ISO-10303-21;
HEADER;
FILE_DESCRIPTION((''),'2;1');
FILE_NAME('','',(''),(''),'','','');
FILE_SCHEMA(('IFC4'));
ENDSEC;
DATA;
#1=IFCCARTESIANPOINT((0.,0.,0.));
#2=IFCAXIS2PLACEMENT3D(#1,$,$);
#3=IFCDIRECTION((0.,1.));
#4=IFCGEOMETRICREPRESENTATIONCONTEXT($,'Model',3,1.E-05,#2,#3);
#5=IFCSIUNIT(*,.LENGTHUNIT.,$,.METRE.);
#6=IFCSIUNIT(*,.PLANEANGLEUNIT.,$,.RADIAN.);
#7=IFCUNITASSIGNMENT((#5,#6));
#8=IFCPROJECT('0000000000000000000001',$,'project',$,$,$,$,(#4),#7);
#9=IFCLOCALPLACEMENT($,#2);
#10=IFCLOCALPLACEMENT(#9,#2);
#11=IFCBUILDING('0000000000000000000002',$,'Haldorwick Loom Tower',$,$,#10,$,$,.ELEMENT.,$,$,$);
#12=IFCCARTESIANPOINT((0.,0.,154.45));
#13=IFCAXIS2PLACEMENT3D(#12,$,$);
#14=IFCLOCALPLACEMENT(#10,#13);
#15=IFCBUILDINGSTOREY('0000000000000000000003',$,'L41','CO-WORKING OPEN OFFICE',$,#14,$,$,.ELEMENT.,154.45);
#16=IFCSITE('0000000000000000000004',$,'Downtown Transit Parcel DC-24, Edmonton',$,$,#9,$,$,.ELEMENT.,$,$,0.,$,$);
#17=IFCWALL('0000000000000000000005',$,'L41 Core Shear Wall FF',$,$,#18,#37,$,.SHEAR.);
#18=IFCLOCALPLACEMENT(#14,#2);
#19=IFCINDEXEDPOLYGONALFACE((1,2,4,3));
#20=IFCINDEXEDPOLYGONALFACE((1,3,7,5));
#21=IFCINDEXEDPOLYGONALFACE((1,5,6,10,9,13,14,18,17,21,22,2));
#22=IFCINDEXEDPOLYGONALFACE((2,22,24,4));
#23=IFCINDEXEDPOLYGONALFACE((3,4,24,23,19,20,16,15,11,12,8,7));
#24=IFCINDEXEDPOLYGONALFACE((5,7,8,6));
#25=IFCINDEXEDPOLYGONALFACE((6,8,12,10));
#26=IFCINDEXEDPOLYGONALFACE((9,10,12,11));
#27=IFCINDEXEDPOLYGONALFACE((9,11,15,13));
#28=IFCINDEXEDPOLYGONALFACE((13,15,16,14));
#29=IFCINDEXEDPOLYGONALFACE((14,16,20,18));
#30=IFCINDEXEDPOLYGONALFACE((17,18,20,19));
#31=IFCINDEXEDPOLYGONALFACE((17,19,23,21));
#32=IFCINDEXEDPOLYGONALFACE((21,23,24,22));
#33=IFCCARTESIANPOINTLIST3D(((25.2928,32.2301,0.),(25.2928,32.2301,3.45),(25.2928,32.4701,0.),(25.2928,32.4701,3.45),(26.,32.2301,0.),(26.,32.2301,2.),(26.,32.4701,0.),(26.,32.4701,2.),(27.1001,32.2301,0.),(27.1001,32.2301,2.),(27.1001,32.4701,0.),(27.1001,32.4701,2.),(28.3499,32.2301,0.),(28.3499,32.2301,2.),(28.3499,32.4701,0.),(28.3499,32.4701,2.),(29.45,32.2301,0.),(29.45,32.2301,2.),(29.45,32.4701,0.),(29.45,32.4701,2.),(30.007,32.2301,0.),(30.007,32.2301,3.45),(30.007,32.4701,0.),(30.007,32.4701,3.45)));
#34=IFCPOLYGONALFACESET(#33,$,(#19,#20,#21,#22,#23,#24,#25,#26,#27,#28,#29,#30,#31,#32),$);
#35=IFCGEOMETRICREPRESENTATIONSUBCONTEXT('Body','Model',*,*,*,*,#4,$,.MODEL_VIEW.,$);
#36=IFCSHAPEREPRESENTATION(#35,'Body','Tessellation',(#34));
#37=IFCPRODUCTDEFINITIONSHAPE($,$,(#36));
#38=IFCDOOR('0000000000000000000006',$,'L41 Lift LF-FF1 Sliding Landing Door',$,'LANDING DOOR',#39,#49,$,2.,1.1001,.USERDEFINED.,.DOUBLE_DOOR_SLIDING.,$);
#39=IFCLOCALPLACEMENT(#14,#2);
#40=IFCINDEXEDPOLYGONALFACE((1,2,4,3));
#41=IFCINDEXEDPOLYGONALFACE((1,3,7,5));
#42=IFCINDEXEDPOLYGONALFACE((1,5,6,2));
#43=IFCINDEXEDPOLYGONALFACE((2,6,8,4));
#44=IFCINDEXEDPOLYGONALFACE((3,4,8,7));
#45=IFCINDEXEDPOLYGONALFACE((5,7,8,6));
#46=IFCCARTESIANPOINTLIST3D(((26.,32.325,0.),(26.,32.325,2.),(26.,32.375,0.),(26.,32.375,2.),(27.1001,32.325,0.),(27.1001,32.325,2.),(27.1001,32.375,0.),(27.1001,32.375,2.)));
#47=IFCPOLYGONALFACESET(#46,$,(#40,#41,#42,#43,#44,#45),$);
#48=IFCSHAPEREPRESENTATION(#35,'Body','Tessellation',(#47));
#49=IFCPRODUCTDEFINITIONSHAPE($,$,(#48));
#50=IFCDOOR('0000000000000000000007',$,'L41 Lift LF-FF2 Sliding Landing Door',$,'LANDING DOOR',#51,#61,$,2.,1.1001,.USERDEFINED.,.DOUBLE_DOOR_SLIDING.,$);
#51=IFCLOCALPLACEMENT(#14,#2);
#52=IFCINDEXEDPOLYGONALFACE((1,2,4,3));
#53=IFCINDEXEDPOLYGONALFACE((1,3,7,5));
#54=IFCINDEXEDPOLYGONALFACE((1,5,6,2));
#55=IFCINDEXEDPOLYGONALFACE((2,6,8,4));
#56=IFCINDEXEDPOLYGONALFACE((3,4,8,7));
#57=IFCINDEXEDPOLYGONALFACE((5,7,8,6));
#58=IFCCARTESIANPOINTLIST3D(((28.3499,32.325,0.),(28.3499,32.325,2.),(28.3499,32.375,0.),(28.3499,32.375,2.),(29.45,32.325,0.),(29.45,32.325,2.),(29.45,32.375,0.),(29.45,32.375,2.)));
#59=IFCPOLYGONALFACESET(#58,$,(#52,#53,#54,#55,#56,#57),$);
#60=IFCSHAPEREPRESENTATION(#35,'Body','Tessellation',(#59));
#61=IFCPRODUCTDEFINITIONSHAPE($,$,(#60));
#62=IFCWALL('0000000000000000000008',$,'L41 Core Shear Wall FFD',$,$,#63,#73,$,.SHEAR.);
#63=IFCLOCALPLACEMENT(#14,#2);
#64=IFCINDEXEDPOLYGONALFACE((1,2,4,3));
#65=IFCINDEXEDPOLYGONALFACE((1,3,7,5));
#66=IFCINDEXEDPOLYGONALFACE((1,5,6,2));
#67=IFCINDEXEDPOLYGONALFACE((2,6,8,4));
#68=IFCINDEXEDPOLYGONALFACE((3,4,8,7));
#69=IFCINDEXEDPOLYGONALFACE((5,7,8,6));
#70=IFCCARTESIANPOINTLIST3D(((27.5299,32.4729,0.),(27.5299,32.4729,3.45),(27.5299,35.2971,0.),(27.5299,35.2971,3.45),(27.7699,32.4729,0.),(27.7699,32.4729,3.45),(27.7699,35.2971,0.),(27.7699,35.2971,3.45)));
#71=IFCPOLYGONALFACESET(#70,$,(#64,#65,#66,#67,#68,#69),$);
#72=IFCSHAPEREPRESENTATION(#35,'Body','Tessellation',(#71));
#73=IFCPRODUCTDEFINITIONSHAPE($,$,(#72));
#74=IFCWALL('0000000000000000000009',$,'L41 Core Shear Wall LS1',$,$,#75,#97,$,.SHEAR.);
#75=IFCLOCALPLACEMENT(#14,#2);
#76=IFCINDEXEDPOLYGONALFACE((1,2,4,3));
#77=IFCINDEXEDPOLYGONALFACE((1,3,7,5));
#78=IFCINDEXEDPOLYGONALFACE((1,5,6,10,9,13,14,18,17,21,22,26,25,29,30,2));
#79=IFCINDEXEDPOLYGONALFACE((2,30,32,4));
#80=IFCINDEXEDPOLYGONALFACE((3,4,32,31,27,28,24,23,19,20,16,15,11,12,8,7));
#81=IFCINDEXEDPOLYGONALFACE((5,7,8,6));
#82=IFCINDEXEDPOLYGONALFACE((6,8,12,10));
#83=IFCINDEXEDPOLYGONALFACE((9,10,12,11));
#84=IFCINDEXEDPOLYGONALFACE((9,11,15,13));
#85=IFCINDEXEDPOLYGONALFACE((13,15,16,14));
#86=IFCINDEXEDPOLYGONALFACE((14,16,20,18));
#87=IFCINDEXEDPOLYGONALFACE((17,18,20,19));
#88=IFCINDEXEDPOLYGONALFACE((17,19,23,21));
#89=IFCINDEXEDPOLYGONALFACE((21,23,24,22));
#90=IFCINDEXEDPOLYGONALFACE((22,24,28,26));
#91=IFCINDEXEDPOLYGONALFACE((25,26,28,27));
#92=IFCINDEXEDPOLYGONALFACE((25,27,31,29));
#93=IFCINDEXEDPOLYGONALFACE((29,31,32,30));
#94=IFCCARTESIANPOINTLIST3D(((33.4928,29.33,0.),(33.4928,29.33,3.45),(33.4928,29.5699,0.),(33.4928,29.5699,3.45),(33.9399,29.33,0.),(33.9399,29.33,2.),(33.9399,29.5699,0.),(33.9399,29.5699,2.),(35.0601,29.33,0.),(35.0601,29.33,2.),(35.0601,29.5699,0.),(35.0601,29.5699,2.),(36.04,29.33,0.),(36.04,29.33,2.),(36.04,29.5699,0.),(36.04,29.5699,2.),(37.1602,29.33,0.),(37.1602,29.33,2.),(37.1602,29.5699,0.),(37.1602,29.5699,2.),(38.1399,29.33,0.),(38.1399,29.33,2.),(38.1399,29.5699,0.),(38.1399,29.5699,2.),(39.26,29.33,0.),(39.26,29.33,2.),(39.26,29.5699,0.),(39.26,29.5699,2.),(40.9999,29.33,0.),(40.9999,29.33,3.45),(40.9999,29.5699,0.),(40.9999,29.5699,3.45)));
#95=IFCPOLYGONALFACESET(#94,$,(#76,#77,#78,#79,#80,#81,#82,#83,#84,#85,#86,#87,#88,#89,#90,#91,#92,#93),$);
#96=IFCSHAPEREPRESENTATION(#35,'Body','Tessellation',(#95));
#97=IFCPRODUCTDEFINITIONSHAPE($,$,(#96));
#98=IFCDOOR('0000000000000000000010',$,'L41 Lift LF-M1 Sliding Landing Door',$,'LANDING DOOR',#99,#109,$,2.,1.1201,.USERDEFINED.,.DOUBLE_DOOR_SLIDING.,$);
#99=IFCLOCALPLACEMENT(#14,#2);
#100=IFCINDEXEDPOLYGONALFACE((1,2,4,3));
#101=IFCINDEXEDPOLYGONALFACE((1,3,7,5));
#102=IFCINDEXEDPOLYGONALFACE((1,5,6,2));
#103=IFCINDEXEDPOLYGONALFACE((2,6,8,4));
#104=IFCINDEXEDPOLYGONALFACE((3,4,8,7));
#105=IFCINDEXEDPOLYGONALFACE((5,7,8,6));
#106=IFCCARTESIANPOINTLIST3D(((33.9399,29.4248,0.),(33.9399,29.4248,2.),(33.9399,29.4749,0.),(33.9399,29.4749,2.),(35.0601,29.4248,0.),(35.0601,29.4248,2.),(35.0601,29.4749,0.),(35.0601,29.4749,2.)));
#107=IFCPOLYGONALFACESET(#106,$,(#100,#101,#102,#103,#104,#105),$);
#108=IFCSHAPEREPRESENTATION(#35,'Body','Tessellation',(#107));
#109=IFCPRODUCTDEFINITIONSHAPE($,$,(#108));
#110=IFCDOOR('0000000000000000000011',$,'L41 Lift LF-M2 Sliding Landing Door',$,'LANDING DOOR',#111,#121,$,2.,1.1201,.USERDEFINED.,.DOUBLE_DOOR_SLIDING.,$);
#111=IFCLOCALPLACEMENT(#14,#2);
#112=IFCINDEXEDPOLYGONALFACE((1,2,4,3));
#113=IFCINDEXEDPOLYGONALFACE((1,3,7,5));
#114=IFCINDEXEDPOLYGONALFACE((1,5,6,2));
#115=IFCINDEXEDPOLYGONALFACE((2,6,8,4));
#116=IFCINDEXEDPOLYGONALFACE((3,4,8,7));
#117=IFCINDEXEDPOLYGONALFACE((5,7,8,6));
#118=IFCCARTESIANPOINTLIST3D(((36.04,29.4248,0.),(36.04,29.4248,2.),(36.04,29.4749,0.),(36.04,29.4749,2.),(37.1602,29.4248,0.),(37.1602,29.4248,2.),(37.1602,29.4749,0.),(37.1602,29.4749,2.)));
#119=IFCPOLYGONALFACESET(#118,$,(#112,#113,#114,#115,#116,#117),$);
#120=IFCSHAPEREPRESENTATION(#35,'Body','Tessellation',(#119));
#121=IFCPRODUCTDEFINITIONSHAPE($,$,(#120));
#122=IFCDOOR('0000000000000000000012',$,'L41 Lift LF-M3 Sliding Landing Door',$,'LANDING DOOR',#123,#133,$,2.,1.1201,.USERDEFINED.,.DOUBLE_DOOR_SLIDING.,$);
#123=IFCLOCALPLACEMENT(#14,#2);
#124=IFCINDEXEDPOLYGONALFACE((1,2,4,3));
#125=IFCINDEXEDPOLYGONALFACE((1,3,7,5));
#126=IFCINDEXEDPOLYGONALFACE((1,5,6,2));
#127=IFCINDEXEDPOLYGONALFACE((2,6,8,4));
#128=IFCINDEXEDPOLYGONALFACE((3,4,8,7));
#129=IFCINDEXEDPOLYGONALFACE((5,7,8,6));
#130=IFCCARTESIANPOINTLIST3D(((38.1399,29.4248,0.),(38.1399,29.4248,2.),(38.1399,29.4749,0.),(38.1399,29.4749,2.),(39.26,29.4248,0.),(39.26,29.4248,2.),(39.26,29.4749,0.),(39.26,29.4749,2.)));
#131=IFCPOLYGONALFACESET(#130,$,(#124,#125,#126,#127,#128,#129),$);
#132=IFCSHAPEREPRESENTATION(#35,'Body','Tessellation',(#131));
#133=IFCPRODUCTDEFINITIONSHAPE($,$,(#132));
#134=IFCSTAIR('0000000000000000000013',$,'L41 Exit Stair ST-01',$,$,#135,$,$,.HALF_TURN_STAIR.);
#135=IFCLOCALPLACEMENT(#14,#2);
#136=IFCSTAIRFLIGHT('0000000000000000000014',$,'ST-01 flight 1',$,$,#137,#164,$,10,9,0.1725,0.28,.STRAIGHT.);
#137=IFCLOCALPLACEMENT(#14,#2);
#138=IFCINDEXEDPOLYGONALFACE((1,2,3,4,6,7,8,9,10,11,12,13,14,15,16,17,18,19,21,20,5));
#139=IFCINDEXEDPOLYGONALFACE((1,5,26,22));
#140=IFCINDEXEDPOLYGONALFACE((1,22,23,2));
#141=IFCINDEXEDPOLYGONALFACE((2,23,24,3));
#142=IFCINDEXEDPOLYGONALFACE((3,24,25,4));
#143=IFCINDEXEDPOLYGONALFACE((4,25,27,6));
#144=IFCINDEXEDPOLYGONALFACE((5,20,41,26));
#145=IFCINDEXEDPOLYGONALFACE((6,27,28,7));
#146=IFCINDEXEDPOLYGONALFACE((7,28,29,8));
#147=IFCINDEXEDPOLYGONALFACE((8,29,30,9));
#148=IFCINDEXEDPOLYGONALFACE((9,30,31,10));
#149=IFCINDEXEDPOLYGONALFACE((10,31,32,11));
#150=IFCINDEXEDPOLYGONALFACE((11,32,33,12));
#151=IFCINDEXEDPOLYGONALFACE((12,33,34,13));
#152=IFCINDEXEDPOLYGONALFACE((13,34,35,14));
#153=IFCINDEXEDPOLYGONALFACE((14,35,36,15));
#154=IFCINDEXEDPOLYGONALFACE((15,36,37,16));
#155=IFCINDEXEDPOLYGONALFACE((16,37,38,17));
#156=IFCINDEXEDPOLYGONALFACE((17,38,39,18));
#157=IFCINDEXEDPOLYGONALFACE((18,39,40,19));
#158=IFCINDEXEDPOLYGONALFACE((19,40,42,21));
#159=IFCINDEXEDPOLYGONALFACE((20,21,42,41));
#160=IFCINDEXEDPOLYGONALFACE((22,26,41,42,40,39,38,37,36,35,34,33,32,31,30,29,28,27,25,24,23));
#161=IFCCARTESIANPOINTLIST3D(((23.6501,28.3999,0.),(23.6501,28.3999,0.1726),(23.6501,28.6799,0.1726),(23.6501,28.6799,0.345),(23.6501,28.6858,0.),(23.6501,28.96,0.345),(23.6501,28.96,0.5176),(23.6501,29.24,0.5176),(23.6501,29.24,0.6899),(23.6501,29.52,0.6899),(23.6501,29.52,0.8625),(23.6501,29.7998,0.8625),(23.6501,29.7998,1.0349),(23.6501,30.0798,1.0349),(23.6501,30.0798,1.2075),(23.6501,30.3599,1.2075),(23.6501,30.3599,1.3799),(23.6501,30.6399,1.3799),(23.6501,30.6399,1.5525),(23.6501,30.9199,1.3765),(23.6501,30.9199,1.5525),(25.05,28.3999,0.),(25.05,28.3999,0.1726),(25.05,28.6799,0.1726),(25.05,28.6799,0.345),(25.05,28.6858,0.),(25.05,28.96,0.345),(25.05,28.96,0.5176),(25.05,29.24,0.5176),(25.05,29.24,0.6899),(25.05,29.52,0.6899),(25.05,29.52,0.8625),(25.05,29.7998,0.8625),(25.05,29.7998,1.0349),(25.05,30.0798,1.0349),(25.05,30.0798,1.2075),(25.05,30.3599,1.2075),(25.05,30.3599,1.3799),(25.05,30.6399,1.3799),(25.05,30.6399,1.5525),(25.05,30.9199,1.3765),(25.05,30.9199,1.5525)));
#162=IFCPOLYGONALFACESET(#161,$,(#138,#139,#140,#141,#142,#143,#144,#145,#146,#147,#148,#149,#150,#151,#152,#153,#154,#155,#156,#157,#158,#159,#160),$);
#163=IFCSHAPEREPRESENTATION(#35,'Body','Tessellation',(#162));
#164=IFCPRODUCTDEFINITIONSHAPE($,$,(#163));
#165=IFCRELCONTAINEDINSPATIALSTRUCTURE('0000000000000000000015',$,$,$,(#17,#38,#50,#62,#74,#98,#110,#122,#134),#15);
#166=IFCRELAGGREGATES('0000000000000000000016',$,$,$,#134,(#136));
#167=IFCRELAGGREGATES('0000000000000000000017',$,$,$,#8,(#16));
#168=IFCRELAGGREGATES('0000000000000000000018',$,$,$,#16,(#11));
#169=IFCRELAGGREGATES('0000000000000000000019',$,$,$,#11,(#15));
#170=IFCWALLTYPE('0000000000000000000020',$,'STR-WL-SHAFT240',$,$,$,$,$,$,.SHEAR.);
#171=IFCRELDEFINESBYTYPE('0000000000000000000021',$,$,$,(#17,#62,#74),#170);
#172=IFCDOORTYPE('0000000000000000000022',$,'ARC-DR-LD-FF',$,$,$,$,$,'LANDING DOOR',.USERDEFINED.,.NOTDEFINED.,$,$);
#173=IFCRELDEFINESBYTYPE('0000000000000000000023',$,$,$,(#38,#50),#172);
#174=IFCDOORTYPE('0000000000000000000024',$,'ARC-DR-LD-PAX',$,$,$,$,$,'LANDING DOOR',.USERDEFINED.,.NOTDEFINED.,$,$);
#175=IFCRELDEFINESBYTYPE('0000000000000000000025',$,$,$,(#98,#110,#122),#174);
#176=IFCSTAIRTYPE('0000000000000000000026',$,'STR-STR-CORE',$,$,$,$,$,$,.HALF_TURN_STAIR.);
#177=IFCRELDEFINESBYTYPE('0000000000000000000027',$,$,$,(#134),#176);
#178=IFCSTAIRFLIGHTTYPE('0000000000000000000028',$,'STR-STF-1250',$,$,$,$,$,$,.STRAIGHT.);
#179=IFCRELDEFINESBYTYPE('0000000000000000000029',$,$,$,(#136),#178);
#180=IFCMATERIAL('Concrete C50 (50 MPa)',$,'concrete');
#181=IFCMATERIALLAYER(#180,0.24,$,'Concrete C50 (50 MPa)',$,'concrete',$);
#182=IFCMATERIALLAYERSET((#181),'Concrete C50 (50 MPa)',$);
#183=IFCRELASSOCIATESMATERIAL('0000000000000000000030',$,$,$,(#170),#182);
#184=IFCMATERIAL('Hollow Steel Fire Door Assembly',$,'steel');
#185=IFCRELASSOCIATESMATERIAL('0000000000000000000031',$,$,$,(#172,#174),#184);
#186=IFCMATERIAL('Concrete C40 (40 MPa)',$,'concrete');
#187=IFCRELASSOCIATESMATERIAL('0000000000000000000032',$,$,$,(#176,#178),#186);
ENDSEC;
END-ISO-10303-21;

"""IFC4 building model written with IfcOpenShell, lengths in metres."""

from ifc_helpers import new_model, si_unit, direction, frame, frame_2d, origin, place, context, subcontext, project, spatial, polyline, rectangle, outline, extrude, material, layer, layer_set, type_object, element, fill, aggregate, save


model = new_model("IFC4")

# Units and contexts
model_context = context("Model", 3, precision=1e-05, world=origin(), true_north=direction((0.0, 1.0)))
body_context = subcontext(model_context, "Body", "Model", "MODEL_VIEW")
ifc_project = project(units=[si_unit("LENGTHUNIT", "METRE"), si_unit("PLANEANGLEUNIT", "RADIAN")], contexts=[model_context])

# Site, building, storey
site_placement = place(None, origin())
site = spatial("IfcSite", under=ifc_project, at=site_placement, Name="Downtown Transit Parcel DC-24, Edmonton", CompositionType="ELEMENT", RefElevation=0.0)
building_placement = place(site_placement, origin())
building = spatial("IfcBuilding", under=site, at=building_placement, Name="Haldorwick Loom Tower", CompositionType="ELEMENT")
storey_placement = place(building_placement, frame((0.0, 0.0, 154.45)))
storey = spatial("IfcBuildingStorey", under=building, at=storey_placement, Name="L41", Description="CO-WORKING OPEN OFFICE", CompositionType="ELEMENT", Elevation=154.45)

# Shared definitions
ifc_material_1 = material(Name="Concrete C50 (50 MPa)", Category="concrete")
ifc_layer_1 = layer(ifc_material_1, 0.24, Name="Concrete C50 (50 MPa)", Category="concrete")
ifc_layer_set_1 = layer_set([ifc_layer_1], Name="Concrete C50 (50 MPa)")
wall_type = type_object("IfcWallType", Name="STR-WL-SHAFT240", PredefinedType="SHEAR", material=ifc_layer_set_1)

# Wall, openings, doors
wall_1_placement = place(storey_placement, frame((25.293, 32.3501, 0.0), z_axis=(0.0, 0.0, 1.0), x_axis=(1.0, 0.0, 0.0)))
wall_1 = element("IfcWall", 1, at=wall_1_placement, inside=storey, type_object=wall_type, Name="L41 Core Shear Wall FF", PredefinedType="SHEAR", context=body_context, shape_type="SweptSolid", body=[
    extrude(rectangle(XDim=4.7141, YDim=0.24, at=frame_2d((2.3569, 0.0))), origin(), (0.0, 0.0, 1.0), 3.45),
])
opening_1_placement = place(wall_1_placement, frame((0.707, 0.0, 0.0)))
opening_1 = element("IfcOpeningElement", 2, at=opening_1_placement, cuts=wall_1, PredefinedType="OPENING", context=body_context, shape_type="SweptSolid", body=[
    extrude(rectangle(XDim=1.1001, YDim=2.0, at=frame_2d((0.55, 1.0))), frame((0.0, 0.1299, 0.0), z_axis=(0.0, -1.0, 0.0), x_axis=(1.0, 0.0, 0.0)), (0.0, 0.0, 1.0), 0.26),
])
opening_2_placement = place(wall_1_placement, frame((3.0569, 0.0, 0.0)))
opening_2 = element("IfcOpeningElement", 3, at=opening_2_placement, cuts=wall_1, PredefinedType="OPENING", context=body_context, shape_type="SweptSolid", body=[
    extrude(rectangle(XDim=1.1001, YDim=2.0, at=frame_2d((0.55, 1.0))), frame((0.0, 0.1299, 0.0), z_axis=(0.0, -1.0, 0.0), x_axis=(1.0, 0.0, 0.0)), (0.0, 0.0, 1.0), 0.26),
])
ifc_material_2 = material(Name="Hollow Steel Fire Door Assembly", Category="steel")
door_type_1 = type_object("IfcDoorType", Name="ARC-DR-LD-FF", ElementType="LANDING DOOR", OperationType="NOTDEFINED", PredefinedType="USERDEFINED", material=ifc_material_2)
door_1_placement = place(opening_1_placement, origin())
door_1 = element("IfcDoor", 4, at=door_1_placement, inside=storey, type_object=door_type_1, Name="L41 Lift LF-FF1 Sliding Landing Door", ObjectType="LANDING DOOR", OperationType="DOUBLE_DOOR_SLIDING", OverallHeight=2.0, OverallWidth=1.1001, PredefinedType="USERDEFINED", context=body_context, shape_type="SweptSolid", body=[
    extrude(rectangle(XDim=1.1001, YDim=2.0, at=frame_2d((0.55, 1.0))), frame((0.0, 0.0249, 0.0), z_axis=(0.0, -1.0, 0.0), x_axis=(1.0, 0.0, 0.0)), (0.0, 0.0, 1.0), 0.05),
])
fill(opening_1, door_1)
door_2_placement = place(opening_2_placement, origin())
door_2 = element("IfcDoor", 5, at=door_2_placement, inside=storey, type_object=door_type_1, Name="L41 Lift LF-FF2 Sliding Landing Door", ObjectType="LANDING DOOR", OperationType="DOUBLE_DOOR_SLIDING", OverallHeight=2.0, OverallWidth=1.1001, PredefinedType="USERDEFINED", context=body_context, shape_type="SweptSolid", body=[
    extrude(rectangle(XDim=1.1001, YDim=2.0, at=frame_2d((0.55, 1.0))), frame((0.0, 0.0249, 0.0), z_axis=(0.0, -1.0, 0.0), x_axis=(1.0, 0.0, 0.0)), (0.0, 0.0, 1.0), 0.05),
])
fill(opening_2, door_2)

# Wall
wall_2_placement = place(storey_placement, frame((27.6499, 32.4729, 0.0), z_axis=(0.0, 0.0, 1.0), x_axis=(0.0, 1.0, 0.0)))
element("IfcWall", 6, at=wall_2_placement, inside=storey, type_object=wall_type, Name="L41 Core Shear Wall FFD", PredefinedType="SHEAR", context=body_context, shape_type="SweptSolid", body=[
    extrude(rectangle(XDim=2.8242, YDim=0.24, at=frame_2d((1.4121, 0.0))), origin(), (0.0, 0.0, 1.0), 3.45),
])

# Wall, openings, doors
wall_3_placement = place(storey_placement, frame((33.4929, 29.45, 0.0), z_axis=(0.0, 0.0, 1.0), x_axis=(1.0, 0.0, 0.0)))
wall_3 = element("IfcWall", 7, at=wall_3_placement, inside=storey, type_object=wall_type, Name="L41 Core Shear Wall LS1", PredefinedType="SHEAR", context=body_context, shape_type="SweptSolid", body=[
    extrude(rectangle(XDim=7.5071, YDim=0.24, at=frame_2d((3.7534, 0.0))), origin(), (0.0, 0.0, 1.0), 3.45),
])
opening_3_placement = place(wall_3_placement, frame((0.447, 0.0, 0.0)))
opening_3 = element("IfcOpeningElement", 8, at=opening_3_placement, cuts=wall_3, PredefinedType="OPENING", context=body_context, shape_type="SweptSolid", body=[
    extrude(rectangle(XDim=1.1201, YDim=2.0, at=frame_2d((0.5601, 1.0))), frame((0.0, 0.1299, 0.0), z_axis=(0.0, -1.0, 0.0), x_axis=(1.0, 0.0, 0.0)), (0.0, 0.0, 1.0), 0.26),
])
opening_4_placement = place(wall_3_placement, frame((2.5471, 0.0, 0.0)))
opening_4 = element("IfcOpeningElement", 9, at=opening_4_placement, cuts=wall_3, PredefinedType="OPENING", context=body_context, shape_type="SweptSolid", body=[
    extrude(rectangle(XDim=1.1201, YDim=2.0, at=frame_2d((0.5601, 1.0))), frame((0.0, 0.1299, 0.0), z_axis=(0.0, -1.0, 0.0), x_axis=(1.0, 0.0, 0.0)), (0.0, 0.0, 1.0), 0.26),
])
opening_5_placement = place(wall_3_placement, frame((4.647, 0.0, 0.0)))
opening_5 = element("IfcOpeningElement", 10, at=opening_5_placement, cuts=wall_3, PredefinedType="OPENING", context=body_context, shape_type="SweptSolid", body=[
    extrude(rectangle(XDim=1.1201, YDim=2.0, at=frame_2d((0.5601, 1.0))), frame((0.0, 0.1299, 0.0), z_axis=(0.0, -1.0, 0.0), x_axis=(1.0, 0.0, 0.0)), (0.0, 0.0, 1.0), 0.26),
])
door_type_2 = type_object("IfcDoorType", Name="ARC-DR-LD-PAX", ElementType="LANDING DOOR", OperationType="NOTDEFINED", PredefinedType="USERDEFINED", material=ifc_material_2)
door_3_placement = place(opening_3_placement, origin())
door_3 = element("IfcDoor", 11, at=door_3_placement, inside=storey, type_object=door_type_2, Name="L41 Lift LF-M1 Sliding Landing Door", ObjectType="LANDING DOOR", OperationType="DOUBLE_DOOR_SLIDING", OverallHeight=2.0, OverallWidth=1.1201, PredefinedType="USERDEFINED", context=body_context, shape_type="SweptSolid", body=[
    extrude(rectangle(XDim=1.1201, YDim=2.0, at=frame_2d((0.5601, 1.0))), frame((0.0, 0.0249, 0.0), z_axis=(0.0, -1.0, 0.0), x_axis=(1.0, 0.0, 0.0)), (0.0, 0.0, 1.0), 0.05),
])
fill(opening_3, door_3)
door_4_placement = place(opening_4_placement, origin())
door_4 = element("IfcDoor", 12, at=door_4_placement, inside=storey, type_object=door_type_2, Name="L41 Lift LF-M2 Sliding Landing Door", ObjectType="LANDING DOOR", OperationType="DOUBLE_DOOR_SLIDING", OverallHeight=2.0, OverallWidth=1.1201, PredefinedType="USERDEFINED", context=body_context, shape_type="SweptSolid", body=[
    extrude(rectangle(XDim=1.1201, YDim=2.0, at=frame_2d((0.5601, 1.0))), frame((0.0, 0.0249, 0.0), z_axis=(0.0, -1.0, 0.0), x_axis=(1.0, 0.0, 0.0)), (0.0, 0.0, 1.0), 0.05),
])
fill(opening_4, door_4)
door_5_placement = place(opening_5_placement, origin())
door_5 = element("IfcDoor", 13, at=door_5_placement, inside=storey, type_object=door_type_2, Name="L41 Lift LF-M3 Sliding Landing Door", ObjectType="LANDING DOOR", OperationType="DOUBLE_DOOR_SLIDING", OverallHeight=2.0, OverallWidth=1.1201, PredefinedType="USERDEFINED", context=body_context, shape_type="SweptSolid", body=[
    extrude(rectangle(XDim=1.1201, YDim=2.0, at=frame_2d((0.5601, 1.0))), frame((0.0, 0.0249, 0.0), z_axis=(0.0, -1.0, 0.0), x_axis=(1.0, 0.0, 0.0)), (0.0, 0.0, 1.0), 0.05),
])
fill(opening_5, door_5)

# Stair, stair flight
ifc_material_3 = material(Name="Concrete C40 (40 MPa)", Category="concrete")
stair_type = type_object("IfcStairType", Name="STR-STR-CORE", PredefinedType="HALF_TURN_STAIR", material=ifc_material_3)
stair_1_placement = place(storey_placement, origin())
stair_1 = element("IfcStair", 14, at=stair_1_placement, inside=storey, type_object=stair_type, Name="L41 Exit Stair ST-01", PredefinedType="HALF_TURN_STAIR")
stair_flight_type = type_object("IfcStairFlightType", Name="STR-STF-1250", PredefinedType="STRAIGHT", material=ifc_material_3)
stair_flight_1_placement = place(storey_placement, frame((24.3501, 28.3999, 0.0), z_axis=(0.0, 0.0, 1.0), x_axis=(0.0, 1.0, 0.0)))
stair_flight_1 = element("IfcStairFlight", 15, at=stair_flight_1_placement, type_object=stair_flight_type, Name="ST-01 flight 1", NumberOfRisers=10, NumberOfTreads=9, PredefinedType="STRAIGHT", RiserHeight=0.1725, TreadLength=0.28, context=body_context, shape_type="SweptSolid", body=[
    extrude(outline(polyline([(0.0, 0.0), (0.0, 0.1726), (0.28, 0.1726), (0.28, 0.345), (0.5601, 0.345), (0.5601, 0.5176), (0.8401, 0.5176), (0.8401, 0.6899), (1.1201, 0.6899), (1.1201, 0.8625), (1.3999, 0.8625), (1.3999, 1.0349), (1.6799, 1.0349), (1.6799, 1.2075), (1.96, 1.2075), (1.96, 1.3799), (2.24, 1.3799), (2.24, 1.5525), (2.52, 1.5525), (2.52, 1.7251), (2.52, 1.3765), (0.2859, 0.0), (0.0, 0.0)])), frame((0.0, 0.7, 0.0), z_axis=(0.0, -1.0, 0.0), x_axis=(1.0, 0.0, 0.0)), (0.0, 0.0, 1.0), 1.3999),
])
aggregate(stair_1, [stair_flight_1])

save(model, "model.ifc")
